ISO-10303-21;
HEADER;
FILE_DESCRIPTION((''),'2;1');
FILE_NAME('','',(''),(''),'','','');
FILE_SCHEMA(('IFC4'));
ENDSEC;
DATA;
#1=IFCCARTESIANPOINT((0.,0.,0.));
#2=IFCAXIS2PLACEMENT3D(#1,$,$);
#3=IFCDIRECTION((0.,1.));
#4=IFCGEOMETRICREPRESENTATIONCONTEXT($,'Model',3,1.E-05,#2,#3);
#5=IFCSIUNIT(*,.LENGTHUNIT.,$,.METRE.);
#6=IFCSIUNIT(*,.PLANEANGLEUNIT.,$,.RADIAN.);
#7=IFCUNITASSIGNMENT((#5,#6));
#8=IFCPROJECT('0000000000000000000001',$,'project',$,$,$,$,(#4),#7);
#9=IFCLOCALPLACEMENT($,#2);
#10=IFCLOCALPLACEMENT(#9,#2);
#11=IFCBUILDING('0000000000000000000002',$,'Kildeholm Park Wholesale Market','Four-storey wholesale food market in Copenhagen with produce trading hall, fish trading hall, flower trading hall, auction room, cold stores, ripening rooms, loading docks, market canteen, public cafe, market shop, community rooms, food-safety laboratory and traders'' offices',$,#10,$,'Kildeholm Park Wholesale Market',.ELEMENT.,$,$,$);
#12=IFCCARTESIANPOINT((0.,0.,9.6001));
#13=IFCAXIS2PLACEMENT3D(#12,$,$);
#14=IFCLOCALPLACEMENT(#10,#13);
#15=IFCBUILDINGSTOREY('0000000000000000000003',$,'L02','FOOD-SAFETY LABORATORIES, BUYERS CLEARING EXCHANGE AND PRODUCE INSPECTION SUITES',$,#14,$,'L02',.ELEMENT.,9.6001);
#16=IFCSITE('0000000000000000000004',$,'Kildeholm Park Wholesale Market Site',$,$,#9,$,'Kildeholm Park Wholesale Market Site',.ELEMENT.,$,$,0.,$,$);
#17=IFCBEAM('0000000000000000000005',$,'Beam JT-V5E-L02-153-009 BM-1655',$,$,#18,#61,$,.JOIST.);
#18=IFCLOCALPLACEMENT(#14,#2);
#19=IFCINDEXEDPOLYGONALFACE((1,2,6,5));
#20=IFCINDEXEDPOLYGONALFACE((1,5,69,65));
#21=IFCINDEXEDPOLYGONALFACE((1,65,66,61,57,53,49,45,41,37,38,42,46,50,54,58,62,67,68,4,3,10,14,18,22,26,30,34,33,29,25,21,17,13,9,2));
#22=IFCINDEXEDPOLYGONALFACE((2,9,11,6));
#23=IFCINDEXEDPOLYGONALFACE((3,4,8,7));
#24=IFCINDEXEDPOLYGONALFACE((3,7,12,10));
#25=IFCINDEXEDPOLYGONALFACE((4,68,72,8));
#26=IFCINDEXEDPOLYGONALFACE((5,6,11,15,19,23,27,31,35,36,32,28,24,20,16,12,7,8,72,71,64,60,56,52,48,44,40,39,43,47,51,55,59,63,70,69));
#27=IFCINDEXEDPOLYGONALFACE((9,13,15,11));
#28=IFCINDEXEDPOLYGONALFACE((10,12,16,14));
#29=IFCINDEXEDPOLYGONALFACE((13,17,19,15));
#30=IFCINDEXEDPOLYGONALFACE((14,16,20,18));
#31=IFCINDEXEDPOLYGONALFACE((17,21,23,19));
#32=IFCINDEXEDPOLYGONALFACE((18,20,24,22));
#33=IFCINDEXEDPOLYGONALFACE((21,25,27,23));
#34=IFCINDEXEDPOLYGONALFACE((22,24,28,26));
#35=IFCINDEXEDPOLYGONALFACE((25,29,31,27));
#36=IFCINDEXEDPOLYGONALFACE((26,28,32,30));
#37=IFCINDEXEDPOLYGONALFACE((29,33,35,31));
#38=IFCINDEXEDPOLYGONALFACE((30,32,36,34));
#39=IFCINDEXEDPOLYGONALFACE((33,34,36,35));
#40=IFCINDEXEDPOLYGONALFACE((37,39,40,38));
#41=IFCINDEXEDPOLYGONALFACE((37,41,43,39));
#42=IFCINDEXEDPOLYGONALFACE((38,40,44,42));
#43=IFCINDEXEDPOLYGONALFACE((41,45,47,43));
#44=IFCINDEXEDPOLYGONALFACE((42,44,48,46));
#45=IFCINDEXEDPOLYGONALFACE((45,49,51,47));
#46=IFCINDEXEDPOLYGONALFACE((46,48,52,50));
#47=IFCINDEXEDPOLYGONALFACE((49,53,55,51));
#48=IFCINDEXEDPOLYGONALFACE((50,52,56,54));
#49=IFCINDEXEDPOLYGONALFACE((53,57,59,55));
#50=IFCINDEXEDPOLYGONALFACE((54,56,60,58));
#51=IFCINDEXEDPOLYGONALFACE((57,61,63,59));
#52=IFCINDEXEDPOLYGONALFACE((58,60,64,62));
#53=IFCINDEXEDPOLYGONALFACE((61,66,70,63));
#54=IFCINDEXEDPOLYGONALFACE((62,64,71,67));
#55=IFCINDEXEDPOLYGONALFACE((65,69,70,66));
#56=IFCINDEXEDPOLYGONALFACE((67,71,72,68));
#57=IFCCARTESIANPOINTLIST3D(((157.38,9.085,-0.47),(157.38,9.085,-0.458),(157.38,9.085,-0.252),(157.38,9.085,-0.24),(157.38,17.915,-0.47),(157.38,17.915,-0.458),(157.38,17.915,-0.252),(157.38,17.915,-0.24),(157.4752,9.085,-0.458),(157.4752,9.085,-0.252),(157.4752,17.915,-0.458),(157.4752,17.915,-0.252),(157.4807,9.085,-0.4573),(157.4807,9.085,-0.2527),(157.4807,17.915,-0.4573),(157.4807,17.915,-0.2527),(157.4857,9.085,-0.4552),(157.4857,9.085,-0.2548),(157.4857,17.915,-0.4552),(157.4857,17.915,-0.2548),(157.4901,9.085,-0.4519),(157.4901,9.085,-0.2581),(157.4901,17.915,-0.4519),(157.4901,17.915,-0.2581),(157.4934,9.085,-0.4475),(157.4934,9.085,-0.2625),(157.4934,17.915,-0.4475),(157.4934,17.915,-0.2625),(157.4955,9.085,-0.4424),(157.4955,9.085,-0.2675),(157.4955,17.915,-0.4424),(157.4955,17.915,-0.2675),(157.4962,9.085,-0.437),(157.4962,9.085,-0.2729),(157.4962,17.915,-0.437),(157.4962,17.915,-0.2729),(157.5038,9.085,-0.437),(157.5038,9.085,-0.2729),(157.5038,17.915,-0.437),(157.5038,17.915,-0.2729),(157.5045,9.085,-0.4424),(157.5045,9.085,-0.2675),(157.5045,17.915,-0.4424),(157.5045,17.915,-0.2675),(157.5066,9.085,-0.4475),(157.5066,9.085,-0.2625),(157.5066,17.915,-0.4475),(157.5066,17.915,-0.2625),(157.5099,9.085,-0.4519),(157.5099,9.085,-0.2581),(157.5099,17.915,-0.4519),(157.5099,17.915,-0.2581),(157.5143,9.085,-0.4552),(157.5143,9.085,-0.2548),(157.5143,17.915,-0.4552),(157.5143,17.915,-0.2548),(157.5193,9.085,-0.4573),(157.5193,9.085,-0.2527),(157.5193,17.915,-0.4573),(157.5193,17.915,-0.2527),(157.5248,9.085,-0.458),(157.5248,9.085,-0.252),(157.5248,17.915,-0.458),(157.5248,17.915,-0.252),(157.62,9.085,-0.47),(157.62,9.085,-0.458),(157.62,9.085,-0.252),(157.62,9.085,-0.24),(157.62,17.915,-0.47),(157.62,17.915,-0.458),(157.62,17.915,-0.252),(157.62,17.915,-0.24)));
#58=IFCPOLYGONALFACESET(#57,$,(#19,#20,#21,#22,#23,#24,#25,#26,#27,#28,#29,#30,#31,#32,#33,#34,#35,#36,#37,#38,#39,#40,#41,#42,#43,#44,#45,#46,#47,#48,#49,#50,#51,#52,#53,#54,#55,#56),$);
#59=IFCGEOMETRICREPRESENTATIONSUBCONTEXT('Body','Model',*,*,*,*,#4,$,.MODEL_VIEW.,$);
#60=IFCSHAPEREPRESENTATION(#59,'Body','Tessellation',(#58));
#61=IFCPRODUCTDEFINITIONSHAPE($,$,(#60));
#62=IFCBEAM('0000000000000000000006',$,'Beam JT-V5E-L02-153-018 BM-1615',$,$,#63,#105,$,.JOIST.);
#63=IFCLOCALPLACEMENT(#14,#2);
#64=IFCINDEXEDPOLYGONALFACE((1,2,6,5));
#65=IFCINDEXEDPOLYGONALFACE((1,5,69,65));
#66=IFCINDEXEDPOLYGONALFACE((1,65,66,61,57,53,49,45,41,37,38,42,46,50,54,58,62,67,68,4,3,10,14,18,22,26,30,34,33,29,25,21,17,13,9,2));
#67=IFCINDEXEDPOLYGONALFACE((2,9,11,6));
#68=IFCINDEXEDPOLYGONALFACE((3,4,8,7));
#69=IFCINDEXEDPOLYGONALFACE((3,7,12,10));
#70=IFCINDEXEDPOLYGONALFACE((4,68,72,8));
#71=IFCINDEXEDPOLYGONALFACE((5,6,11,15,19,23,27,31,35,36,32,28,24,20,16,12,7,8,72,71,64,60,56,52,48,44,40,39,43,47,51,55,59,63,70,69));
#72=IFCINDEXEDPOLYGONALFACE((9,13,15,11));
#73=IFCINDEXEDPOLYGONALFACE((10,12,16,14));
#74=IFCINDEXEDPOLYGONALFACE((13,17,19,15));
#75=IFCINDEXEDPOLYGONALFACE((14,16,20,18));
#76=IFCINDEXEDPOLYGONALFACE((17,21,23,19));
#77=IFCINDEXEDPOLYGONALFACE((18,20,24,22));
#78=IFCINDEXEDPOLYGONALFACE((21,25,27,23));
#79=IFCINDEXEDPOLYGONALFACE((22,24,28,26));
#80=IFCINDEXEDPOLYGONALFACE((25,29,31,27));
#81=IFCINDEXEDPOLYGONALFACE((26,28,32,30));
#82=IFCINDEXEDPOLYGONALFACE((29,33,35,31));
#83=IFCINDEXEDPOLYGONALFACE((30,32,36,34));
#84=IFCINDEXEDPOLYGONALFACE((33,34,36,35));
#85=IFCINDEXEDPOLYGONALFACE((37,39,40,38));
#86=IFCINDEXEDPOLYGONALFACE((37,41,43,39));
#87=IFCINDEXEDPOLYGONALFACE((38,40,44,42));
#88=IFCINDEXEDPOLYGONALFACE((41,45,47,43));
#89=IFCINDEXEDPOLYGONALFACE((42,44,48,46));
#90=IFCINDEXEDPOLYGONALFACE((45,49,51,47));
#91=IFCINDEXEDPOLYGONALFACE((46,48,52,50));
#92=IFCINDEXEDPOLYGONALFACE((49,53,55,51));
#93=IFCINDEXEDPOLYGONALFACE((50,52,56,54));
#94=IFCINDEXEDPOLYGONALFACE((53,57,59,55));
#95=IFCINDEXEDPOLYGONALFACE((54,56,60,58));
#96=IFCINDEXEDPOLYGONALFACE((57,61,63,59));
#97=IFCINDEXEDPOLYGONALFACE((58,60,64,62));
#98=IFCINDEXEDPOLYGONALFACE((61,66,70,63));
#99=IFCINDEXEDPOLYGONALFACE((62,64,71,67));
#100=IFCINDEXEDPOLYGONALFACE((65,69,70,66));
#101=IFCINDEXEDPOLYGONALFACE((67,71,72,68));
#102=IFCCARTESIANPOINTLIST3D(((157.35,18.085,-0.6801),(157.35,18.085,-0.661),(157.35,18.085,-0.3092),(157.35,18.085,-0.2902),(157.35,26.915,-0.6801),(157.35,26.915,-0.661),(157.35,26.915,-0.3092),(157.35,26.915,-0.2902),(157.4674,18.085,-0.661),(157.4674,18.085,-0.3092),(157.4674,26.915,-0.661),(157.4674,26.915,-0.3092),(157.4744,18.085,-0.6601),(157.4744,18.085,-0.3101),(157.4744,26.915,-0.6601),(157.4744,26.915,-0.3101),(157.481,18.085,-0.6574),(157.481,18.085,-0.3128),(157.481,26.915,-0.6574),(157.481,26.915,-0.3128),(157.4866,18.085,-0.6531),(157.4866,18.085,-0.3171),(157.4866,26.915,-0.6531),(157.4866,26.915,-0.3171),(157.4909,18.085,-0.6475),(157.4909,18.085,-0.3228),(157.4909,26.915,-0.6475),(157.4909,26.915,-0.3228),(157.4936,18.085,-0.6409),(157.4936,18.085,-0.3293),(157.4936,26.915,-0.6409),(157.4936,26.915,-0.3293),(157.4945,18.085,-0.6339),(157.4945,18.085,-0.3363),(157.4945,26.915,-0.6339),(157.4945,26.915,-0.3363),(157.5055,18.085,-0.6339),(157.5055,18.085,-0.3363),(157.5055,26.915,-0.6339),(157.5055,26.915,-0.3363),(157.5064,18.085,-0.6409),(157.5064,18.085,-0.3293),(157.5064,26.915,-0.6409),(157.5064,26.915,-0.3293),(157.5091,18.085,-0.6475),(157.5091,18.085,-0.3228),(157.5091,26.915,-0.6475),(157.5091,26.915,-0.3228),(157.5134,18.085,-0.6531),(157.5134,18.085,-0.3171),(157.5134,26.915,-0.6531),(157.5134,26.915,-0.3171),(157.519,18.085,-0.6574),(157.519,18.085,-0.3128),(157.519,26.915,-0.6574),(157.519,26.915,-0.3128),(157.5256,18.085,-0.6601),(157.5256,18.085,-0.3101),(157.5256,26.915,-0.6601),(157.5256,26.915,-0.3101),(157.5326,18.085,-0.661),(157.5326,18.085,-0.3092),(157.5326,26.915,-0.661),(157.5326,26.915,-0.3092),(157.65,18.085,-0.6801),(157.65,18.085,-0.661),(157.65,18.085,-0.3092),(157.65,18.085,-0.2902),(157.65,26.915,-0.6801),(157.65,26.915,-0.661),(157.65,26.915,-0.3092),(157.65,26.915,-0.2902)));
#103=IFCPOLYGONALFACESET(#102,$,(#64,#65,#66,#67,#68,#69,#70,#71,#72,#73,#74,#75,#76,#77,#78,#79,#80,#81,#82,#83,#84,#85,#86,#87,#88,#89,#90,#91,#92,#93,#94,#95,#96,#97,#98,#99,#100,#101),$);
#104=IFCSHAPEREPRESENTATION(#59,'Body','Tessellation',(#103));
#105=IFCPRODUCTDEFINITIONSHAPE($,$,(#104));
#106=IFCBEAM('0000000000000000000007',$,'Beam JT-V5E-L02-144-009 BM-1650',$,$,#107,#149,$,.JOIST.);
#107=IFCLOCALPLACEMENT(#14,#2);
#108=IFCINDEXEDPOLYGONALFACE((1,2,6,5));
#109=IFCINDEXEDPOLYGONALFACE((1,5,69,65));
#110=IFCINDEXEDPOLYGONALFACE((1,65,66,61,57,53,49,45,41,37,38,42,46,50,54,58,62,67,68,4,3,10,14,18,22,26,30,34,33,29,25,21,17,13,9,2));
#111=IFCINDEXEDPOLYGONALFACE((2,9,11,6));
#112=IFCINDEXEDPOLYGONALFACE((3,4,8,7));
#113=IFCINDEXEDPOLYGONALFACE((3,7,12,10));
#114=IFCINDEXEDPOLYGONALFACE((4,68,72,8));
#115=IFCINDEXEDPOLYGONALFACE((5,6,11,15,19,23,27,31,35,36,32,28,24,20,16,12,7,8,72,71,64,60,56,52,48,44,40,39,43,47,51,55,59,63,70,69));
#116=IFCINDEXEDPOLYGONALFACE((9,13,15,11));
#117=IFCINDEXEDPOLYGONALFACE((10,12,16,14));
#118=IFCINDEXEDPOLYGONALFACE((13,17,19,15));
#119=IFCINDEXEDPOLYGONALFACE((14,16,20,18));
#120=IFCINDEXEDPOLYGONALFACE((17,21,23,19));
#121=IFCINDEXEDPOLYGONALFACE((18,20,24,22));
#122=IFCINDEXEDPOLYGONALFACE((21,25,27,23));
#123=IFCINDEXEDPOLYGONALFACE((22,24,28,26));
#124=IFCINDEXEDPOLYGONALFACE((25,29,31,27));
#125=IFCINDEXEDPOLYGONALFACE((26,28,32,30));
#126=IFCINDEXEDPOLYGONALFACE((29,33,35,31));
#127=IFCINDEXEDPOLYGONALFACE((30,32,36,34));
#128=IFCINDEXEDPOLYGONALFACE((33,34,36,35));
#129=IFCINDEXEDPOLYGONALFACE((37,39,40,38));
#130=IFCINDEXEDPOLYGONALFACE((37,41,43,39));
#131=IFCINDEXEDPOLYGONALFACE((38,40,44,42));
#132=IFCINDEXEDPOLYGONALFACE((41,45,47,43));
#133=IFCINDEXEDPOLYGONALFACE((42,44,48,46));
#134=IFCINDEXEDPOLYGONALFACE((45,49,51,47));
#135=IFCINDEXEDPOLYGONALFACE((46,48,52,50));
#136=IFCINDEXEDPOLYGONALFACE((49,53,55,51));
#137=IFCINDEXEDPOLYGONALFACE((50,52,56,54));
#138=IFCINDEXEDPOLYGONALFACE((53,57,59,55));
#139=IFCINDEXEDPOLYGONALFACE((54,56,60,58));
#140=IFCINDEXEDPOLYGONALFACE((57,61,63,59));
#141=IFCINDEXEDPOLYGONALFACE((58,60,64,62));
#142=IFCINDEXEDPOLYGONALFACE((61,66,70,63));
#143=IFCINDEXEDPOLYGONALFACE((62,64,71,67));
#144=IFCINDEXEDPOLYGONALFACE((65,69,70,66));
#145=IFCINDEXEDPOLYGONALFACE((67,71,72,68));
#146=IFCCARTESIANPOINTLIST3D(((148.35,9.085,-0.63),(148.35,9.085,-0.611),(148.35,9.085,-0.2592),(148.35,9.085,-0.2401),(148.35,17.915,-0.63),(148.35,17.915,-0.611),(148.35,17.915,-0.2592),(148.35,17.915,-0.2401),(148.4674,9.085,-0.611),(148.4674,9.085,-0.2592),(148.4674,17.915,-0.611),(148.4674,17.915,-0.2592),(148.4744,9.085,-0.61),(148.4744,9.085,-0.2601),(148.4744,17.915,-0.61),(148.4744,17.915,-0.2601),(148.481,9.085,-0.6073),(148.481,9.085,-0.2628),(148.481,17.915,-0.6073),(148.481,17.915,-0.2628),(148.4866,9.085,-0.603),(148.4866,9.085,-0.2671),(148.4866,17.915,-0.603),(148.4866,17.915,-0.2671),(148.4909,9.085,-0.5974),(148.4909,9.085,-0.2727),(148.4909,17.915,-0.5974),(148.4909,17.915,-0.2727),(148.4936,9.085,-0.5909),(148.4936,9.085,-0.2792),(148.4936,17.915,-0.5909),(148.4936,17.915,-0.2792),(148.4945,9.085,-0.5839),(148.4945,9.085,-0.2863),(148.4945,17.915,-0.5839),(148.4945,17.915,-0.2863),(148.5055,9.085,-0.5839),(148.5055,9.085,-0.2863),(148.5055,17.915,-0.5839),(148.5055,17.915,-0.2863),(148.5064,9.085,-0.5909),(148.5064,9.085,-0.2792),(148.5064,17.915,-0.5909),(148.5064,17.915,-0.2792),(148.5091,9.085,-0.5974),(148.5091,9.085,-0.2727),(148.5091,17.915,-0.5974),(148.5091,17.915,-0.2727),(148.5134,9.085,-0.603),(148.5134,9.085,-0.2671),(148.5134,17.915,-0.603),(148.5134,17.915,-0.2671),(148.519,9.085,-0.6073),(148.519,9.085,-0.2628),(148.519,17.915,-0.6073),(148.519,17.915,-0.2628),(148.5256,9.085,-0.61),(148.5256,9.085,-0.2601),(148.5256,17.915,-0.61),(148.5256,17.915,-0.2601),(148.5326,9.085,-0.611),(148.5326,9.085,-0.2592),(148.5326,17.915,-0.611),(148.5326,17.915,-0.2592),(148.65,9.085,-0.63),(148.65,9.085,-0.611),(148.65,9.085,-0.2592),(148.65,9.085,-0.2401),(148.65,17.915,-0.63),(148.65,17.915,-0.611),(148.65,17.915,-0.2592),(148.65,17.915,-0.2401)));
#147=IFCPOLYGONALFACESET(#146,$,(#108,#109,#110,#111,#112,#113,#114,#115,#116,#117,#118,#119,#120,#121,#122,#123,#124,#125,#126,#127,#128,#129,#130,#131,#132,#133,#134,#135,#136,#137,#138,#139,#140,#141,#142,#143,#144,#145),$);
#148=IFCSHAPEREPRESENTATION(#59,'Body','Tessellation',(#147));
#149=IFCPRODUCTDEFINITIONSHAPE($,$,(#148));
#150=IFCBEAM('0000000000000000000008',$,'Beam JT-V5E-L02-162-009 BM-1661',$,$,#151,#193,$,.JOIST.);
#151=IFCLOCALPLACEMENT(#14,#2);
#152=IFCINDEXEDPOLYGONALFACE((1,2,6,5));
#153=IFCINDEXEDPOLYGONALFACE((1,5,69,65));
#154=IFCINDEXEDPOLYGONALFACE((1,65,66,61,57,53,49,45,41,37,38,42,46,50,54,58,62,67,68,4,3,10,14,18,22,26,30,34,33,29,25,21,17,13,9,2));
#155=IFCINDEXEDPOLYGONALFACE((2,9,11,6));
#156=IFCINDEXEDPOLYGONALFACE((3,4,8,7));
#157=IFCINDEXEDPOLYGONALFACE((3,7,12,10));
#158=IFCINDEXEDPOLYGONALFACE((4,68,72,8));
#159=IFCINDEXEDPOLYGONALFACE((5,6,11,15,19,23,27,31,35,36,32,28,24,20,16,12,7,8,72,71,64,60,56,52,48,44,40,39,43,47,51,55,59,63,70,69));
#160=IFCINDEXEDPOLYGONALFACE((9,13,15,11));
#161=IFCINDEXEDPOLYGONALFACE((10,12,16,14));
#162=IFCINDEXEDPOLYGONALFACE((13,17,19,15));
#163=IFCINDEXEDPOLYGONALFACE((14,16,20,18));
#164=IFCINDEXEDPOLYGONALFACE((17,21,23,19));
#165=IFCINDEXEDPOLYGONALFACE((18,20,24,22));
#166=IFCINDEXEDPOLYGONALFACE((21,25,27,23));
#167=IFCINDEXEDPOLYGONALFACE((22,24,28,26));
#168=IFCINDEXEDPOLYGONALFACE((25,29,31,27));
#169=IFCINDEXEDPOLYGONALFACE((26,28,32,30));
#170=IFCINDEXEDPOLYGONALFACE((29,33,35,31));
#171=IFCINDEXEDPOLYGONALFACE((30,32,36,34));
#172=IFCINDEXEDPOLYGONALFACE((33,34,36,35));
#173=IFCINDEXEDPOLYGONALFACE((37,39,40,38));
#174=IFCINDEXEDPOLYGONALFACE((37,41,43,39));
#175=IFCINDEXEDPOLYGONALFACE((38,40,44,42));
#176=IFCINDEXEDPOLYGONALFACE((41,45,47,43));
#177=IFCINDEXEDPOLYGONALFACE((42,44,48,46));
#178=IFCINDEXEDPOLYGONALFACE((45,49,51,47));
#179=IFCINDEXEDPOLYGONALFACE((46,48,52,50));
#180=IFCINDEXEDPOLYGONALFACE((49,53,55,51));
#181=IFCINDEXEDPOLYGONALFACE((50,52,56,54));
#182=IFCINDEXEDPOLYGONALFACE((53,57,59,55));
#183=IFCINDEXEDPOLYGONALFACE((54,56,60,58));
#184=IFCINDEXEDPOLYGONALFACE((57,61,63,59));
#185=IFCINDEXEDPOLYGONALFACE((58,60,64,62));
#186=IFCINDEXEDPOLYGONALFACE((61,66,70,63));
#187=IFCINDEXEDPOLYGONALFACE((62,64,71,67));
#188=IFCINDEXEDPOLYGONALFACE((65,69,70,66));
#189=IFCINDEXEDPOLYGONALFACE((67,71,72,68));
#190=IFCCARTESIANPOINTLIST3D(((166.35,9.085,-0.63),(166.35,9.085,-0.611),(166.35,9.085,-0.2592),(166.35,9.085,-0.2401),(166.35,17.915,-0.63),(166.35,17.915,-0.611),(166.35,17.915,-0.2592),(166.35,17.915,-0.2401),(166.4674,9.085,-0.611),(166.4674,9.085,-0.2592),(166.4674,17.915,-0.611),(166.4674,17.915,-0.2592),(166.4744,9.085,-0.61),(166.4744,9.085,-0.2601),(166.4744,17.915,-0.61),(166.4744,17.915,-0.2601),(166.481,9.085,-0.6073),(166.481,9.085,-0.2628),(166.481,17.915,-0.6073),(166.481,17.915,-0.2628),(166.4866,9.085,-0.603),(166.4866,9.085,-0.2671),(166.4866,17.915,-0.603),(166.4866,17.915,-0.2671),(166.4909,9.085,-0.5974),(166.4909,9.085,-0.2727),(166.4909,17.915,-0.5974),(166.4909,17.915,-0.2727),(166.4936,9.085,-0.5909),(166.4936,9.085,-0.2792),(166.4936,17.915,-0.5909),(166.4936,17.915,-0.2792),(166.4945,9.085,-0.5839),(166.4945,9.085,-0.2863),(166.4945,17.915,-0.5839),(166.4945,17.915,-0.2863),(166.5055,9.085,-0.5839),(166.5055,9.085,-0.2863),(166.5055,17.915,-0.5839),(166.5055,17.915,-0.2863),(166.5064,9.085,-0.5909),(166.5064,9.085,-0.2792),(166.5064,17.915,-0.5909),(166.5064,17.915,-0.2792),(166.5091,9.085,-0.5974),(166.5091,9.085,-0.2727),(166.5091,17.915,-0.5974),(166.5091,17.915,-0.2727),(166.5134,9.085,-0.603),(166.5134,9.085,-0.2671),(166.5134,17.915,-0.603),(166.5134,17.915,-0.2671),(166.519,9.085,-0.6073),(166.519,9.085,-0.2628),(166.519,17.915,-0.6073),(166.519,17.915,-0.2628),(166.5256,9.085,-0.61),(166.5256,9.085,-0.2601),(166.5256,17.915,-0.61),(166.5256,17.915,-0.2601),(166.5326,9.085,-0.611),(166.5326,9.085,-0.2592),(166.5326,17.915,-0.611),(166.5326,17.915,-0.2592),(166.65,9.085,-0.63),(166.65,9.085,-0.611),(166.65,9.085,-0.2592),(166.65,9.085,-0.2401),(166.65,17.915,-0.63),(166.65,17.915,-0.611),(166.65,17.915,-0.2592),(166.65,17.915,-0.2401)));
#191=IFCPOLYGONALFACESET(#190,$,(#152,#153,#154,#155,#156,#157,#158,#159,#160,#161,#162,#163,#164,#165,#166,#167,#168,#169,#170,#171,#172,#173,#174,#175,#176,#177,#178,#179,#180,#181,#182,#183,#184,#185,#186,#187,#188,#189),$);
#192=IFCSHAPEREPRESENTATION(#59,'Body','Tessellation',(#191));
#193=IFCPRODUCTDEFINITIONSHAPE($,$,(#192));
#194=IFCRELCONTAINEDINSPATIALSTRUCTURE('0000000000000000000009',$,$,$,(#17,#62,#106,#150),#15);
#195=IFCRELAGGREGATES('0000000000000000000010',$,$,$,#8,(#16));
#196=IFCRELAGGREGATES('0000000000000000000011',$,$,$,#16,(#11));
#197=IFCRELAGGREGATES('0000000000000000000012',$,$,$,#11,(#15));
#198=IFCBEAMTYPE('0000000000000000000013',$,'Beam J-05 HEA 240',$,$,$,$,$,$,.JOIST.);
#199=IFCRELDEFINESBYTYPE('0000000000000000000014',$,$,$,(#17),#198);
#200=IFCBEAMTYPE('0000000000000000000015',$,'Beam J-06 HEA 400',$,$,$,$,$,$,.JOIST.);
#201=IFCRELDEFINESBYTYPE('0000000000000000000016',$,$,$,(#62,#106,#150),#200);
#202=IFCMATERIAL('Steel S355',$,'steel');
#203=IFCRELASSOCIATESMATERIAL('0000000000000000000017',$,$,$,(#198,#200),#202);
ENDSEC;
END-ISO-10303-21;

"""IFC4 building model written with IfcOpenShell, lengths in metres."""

from ifc_helpers import new_model, si_unit, direction, frame, origin, origin_2d, place, context, subcontext, project, spatial, i_section, extrude, material, material_profile, profile_set, type_object, element, save


model = new_model("IFC4")

# Units and contexts
model_context = context("Model", 3, precision=1e-05, world=origin(), true_north=direction((0.0, 1.0)))
body_context = subcontext(model_context, "Body", "Model", "MODEL_VIEW")
ifc_project = project(units=[si_unit("LENGTHUNIT", "METRE"), si_unit("PLANEANGLEUNIT", "RADIAN")], contexts=[model_context])

# Site, building, storey
site_placement = place(None, origin())
site = spatial("IfcSite", under=ifc_project, at=site_placement, Name="Kildeholm Park Wholesale Market Site", LongName="Kildeholm Park Wholesale Market Site", CompositionType="ELEMENT", RefElevation=0.0)
building_placement = place(site_placement, origin())
building = spatial("IfcBuilding", under=site, at=building_placement, Name="Kildeholm Park Wholesale Market", Description="Four-storey wholesale food market in Copenhagen with produce trading hall, fish trading hall, flower trading hall, auction room, cold stores, ripening rooms, loading docks, market canteen, public cafe, market shop, community rooms, food-safety laboratory and traders' offices", LongName="Kildeholm Park Wholesale Market", CompositionType="ELEMENT")
storey_placement = place(building_placement, frame((0.0, 0.0, 9.6001)))
storey = spatial("IfcBuildingStorey", under=building, at=storey_placement, Name="L02", Description="FOOD-SAFETY LABORATORIES, BUYERS CLEARING EXCHANGE AND PRODUCE INSPECTION SUITES", LongName="L02", CompositionType="ELEMENT", Elevation=9.6001)

# Shared definitions
ifc_material_1 = material(Name="Steel S355", Category="steel")

# Beams
ifc_material_profile_1 = material_profile(ifc_material_1, i_section(OverallWidth=0.24, OverallDepth=0.23, WebThickness=0.0076, FlangeThickness=0.012, FilletRadius=0.021, at=origin_2d()), Name="HEA 240")
ifc_profile_set_1 = profile_set([ifc_material_profile_1], Name="Steel S355")
beam_type_1 = type_object("IfcBeamType", Name="Beam J-05 HEA 240", PredefinedType="JOIST", material=ifc_profile_set_1)
for number, where, z_axis, x_axis, name in (
    (1, (157.5, 9.085, -0.355), (0.0, 1.0, 0.0), (-1.0, 0.0, 0.0), "Beam JT-V5E-L02-153-009 BM-1655"),
):
    element("IfcBeam", number, at=place(storey_placement, frame(where, z_axis=z_axis, x_axis=x_axis)), inside=storey, type_object=beam_type_1, Name=name, PredefinedType="JOIST", context=body_context, shape_type="SweptSolid", body=[
        extrude(i_section(OverallWidth=0.24, OverallDepth=0.23, WebThickness=0.0076, FlangeThickness=0.012, FilletRadius=0.021, at=origin_2d()), origin(), (0.0, 0.0, 1.0), 8.8301),
    ])
ifc_material_profile_2 = material_profile(ifc_material_1, i_section(OverallWidth=0.3, OverallDepth=0.3899, WebThickness=0.011, FlangeThickness=0.019, FilletRadius=0.0271, at=origin_2d()), Name="HEA 400")
ifc_profile_set_2 = profile_set([ifc_material_profile_2], Name="Steel S355")
beam_type_2 = type_object("IfcBeamType", Name="Beam J-06 HEA 400", PredefinedType="JOIST", material=ifc_profile_set_2)
for number, where, z_axis, x_axis, name in (
    (2, (157.5, 18.085, -0.4851), (0.0, 1.0, 0.0), (-1.0, 0.0, 0.0), "Beam JT-V5E-L02-153-018 BM-1615"),
    (3, (148.5, 9.085, -0.4351), (0.0, 1.0, 0.0), (-1.0, 0.0, 0.0), "Beam JT-V5E-L02-144-009 BM-1650"),
    (4, (166.5, 9.085, -0.4351), (0.0, 1.0, 0.0), (-1.0, 0.0, 0.0), "Beam JT-V5E-L02-162-009 BM-1661"),
):
    element("IfcBeam", number, at=place(storey_placement, frame(where, z_axis=z_axis, x_axis=x_axis)), inside=storey, type_object=beam_type_2, Name=name, PredefinedType="JOIST", context=body_context, shape_type="SweptSolid", body=[
        extrude(i_section(OverallWidth=0.3, OverallDepth=0.3899, WebThickness=0.011, FlangeThickness=0.019, FilletRadius=0.0271, at=origin_2d()), origin(), (0.0, 0.0, 1.0), 8.8301),
    ])

save(model, "model.ifc")
